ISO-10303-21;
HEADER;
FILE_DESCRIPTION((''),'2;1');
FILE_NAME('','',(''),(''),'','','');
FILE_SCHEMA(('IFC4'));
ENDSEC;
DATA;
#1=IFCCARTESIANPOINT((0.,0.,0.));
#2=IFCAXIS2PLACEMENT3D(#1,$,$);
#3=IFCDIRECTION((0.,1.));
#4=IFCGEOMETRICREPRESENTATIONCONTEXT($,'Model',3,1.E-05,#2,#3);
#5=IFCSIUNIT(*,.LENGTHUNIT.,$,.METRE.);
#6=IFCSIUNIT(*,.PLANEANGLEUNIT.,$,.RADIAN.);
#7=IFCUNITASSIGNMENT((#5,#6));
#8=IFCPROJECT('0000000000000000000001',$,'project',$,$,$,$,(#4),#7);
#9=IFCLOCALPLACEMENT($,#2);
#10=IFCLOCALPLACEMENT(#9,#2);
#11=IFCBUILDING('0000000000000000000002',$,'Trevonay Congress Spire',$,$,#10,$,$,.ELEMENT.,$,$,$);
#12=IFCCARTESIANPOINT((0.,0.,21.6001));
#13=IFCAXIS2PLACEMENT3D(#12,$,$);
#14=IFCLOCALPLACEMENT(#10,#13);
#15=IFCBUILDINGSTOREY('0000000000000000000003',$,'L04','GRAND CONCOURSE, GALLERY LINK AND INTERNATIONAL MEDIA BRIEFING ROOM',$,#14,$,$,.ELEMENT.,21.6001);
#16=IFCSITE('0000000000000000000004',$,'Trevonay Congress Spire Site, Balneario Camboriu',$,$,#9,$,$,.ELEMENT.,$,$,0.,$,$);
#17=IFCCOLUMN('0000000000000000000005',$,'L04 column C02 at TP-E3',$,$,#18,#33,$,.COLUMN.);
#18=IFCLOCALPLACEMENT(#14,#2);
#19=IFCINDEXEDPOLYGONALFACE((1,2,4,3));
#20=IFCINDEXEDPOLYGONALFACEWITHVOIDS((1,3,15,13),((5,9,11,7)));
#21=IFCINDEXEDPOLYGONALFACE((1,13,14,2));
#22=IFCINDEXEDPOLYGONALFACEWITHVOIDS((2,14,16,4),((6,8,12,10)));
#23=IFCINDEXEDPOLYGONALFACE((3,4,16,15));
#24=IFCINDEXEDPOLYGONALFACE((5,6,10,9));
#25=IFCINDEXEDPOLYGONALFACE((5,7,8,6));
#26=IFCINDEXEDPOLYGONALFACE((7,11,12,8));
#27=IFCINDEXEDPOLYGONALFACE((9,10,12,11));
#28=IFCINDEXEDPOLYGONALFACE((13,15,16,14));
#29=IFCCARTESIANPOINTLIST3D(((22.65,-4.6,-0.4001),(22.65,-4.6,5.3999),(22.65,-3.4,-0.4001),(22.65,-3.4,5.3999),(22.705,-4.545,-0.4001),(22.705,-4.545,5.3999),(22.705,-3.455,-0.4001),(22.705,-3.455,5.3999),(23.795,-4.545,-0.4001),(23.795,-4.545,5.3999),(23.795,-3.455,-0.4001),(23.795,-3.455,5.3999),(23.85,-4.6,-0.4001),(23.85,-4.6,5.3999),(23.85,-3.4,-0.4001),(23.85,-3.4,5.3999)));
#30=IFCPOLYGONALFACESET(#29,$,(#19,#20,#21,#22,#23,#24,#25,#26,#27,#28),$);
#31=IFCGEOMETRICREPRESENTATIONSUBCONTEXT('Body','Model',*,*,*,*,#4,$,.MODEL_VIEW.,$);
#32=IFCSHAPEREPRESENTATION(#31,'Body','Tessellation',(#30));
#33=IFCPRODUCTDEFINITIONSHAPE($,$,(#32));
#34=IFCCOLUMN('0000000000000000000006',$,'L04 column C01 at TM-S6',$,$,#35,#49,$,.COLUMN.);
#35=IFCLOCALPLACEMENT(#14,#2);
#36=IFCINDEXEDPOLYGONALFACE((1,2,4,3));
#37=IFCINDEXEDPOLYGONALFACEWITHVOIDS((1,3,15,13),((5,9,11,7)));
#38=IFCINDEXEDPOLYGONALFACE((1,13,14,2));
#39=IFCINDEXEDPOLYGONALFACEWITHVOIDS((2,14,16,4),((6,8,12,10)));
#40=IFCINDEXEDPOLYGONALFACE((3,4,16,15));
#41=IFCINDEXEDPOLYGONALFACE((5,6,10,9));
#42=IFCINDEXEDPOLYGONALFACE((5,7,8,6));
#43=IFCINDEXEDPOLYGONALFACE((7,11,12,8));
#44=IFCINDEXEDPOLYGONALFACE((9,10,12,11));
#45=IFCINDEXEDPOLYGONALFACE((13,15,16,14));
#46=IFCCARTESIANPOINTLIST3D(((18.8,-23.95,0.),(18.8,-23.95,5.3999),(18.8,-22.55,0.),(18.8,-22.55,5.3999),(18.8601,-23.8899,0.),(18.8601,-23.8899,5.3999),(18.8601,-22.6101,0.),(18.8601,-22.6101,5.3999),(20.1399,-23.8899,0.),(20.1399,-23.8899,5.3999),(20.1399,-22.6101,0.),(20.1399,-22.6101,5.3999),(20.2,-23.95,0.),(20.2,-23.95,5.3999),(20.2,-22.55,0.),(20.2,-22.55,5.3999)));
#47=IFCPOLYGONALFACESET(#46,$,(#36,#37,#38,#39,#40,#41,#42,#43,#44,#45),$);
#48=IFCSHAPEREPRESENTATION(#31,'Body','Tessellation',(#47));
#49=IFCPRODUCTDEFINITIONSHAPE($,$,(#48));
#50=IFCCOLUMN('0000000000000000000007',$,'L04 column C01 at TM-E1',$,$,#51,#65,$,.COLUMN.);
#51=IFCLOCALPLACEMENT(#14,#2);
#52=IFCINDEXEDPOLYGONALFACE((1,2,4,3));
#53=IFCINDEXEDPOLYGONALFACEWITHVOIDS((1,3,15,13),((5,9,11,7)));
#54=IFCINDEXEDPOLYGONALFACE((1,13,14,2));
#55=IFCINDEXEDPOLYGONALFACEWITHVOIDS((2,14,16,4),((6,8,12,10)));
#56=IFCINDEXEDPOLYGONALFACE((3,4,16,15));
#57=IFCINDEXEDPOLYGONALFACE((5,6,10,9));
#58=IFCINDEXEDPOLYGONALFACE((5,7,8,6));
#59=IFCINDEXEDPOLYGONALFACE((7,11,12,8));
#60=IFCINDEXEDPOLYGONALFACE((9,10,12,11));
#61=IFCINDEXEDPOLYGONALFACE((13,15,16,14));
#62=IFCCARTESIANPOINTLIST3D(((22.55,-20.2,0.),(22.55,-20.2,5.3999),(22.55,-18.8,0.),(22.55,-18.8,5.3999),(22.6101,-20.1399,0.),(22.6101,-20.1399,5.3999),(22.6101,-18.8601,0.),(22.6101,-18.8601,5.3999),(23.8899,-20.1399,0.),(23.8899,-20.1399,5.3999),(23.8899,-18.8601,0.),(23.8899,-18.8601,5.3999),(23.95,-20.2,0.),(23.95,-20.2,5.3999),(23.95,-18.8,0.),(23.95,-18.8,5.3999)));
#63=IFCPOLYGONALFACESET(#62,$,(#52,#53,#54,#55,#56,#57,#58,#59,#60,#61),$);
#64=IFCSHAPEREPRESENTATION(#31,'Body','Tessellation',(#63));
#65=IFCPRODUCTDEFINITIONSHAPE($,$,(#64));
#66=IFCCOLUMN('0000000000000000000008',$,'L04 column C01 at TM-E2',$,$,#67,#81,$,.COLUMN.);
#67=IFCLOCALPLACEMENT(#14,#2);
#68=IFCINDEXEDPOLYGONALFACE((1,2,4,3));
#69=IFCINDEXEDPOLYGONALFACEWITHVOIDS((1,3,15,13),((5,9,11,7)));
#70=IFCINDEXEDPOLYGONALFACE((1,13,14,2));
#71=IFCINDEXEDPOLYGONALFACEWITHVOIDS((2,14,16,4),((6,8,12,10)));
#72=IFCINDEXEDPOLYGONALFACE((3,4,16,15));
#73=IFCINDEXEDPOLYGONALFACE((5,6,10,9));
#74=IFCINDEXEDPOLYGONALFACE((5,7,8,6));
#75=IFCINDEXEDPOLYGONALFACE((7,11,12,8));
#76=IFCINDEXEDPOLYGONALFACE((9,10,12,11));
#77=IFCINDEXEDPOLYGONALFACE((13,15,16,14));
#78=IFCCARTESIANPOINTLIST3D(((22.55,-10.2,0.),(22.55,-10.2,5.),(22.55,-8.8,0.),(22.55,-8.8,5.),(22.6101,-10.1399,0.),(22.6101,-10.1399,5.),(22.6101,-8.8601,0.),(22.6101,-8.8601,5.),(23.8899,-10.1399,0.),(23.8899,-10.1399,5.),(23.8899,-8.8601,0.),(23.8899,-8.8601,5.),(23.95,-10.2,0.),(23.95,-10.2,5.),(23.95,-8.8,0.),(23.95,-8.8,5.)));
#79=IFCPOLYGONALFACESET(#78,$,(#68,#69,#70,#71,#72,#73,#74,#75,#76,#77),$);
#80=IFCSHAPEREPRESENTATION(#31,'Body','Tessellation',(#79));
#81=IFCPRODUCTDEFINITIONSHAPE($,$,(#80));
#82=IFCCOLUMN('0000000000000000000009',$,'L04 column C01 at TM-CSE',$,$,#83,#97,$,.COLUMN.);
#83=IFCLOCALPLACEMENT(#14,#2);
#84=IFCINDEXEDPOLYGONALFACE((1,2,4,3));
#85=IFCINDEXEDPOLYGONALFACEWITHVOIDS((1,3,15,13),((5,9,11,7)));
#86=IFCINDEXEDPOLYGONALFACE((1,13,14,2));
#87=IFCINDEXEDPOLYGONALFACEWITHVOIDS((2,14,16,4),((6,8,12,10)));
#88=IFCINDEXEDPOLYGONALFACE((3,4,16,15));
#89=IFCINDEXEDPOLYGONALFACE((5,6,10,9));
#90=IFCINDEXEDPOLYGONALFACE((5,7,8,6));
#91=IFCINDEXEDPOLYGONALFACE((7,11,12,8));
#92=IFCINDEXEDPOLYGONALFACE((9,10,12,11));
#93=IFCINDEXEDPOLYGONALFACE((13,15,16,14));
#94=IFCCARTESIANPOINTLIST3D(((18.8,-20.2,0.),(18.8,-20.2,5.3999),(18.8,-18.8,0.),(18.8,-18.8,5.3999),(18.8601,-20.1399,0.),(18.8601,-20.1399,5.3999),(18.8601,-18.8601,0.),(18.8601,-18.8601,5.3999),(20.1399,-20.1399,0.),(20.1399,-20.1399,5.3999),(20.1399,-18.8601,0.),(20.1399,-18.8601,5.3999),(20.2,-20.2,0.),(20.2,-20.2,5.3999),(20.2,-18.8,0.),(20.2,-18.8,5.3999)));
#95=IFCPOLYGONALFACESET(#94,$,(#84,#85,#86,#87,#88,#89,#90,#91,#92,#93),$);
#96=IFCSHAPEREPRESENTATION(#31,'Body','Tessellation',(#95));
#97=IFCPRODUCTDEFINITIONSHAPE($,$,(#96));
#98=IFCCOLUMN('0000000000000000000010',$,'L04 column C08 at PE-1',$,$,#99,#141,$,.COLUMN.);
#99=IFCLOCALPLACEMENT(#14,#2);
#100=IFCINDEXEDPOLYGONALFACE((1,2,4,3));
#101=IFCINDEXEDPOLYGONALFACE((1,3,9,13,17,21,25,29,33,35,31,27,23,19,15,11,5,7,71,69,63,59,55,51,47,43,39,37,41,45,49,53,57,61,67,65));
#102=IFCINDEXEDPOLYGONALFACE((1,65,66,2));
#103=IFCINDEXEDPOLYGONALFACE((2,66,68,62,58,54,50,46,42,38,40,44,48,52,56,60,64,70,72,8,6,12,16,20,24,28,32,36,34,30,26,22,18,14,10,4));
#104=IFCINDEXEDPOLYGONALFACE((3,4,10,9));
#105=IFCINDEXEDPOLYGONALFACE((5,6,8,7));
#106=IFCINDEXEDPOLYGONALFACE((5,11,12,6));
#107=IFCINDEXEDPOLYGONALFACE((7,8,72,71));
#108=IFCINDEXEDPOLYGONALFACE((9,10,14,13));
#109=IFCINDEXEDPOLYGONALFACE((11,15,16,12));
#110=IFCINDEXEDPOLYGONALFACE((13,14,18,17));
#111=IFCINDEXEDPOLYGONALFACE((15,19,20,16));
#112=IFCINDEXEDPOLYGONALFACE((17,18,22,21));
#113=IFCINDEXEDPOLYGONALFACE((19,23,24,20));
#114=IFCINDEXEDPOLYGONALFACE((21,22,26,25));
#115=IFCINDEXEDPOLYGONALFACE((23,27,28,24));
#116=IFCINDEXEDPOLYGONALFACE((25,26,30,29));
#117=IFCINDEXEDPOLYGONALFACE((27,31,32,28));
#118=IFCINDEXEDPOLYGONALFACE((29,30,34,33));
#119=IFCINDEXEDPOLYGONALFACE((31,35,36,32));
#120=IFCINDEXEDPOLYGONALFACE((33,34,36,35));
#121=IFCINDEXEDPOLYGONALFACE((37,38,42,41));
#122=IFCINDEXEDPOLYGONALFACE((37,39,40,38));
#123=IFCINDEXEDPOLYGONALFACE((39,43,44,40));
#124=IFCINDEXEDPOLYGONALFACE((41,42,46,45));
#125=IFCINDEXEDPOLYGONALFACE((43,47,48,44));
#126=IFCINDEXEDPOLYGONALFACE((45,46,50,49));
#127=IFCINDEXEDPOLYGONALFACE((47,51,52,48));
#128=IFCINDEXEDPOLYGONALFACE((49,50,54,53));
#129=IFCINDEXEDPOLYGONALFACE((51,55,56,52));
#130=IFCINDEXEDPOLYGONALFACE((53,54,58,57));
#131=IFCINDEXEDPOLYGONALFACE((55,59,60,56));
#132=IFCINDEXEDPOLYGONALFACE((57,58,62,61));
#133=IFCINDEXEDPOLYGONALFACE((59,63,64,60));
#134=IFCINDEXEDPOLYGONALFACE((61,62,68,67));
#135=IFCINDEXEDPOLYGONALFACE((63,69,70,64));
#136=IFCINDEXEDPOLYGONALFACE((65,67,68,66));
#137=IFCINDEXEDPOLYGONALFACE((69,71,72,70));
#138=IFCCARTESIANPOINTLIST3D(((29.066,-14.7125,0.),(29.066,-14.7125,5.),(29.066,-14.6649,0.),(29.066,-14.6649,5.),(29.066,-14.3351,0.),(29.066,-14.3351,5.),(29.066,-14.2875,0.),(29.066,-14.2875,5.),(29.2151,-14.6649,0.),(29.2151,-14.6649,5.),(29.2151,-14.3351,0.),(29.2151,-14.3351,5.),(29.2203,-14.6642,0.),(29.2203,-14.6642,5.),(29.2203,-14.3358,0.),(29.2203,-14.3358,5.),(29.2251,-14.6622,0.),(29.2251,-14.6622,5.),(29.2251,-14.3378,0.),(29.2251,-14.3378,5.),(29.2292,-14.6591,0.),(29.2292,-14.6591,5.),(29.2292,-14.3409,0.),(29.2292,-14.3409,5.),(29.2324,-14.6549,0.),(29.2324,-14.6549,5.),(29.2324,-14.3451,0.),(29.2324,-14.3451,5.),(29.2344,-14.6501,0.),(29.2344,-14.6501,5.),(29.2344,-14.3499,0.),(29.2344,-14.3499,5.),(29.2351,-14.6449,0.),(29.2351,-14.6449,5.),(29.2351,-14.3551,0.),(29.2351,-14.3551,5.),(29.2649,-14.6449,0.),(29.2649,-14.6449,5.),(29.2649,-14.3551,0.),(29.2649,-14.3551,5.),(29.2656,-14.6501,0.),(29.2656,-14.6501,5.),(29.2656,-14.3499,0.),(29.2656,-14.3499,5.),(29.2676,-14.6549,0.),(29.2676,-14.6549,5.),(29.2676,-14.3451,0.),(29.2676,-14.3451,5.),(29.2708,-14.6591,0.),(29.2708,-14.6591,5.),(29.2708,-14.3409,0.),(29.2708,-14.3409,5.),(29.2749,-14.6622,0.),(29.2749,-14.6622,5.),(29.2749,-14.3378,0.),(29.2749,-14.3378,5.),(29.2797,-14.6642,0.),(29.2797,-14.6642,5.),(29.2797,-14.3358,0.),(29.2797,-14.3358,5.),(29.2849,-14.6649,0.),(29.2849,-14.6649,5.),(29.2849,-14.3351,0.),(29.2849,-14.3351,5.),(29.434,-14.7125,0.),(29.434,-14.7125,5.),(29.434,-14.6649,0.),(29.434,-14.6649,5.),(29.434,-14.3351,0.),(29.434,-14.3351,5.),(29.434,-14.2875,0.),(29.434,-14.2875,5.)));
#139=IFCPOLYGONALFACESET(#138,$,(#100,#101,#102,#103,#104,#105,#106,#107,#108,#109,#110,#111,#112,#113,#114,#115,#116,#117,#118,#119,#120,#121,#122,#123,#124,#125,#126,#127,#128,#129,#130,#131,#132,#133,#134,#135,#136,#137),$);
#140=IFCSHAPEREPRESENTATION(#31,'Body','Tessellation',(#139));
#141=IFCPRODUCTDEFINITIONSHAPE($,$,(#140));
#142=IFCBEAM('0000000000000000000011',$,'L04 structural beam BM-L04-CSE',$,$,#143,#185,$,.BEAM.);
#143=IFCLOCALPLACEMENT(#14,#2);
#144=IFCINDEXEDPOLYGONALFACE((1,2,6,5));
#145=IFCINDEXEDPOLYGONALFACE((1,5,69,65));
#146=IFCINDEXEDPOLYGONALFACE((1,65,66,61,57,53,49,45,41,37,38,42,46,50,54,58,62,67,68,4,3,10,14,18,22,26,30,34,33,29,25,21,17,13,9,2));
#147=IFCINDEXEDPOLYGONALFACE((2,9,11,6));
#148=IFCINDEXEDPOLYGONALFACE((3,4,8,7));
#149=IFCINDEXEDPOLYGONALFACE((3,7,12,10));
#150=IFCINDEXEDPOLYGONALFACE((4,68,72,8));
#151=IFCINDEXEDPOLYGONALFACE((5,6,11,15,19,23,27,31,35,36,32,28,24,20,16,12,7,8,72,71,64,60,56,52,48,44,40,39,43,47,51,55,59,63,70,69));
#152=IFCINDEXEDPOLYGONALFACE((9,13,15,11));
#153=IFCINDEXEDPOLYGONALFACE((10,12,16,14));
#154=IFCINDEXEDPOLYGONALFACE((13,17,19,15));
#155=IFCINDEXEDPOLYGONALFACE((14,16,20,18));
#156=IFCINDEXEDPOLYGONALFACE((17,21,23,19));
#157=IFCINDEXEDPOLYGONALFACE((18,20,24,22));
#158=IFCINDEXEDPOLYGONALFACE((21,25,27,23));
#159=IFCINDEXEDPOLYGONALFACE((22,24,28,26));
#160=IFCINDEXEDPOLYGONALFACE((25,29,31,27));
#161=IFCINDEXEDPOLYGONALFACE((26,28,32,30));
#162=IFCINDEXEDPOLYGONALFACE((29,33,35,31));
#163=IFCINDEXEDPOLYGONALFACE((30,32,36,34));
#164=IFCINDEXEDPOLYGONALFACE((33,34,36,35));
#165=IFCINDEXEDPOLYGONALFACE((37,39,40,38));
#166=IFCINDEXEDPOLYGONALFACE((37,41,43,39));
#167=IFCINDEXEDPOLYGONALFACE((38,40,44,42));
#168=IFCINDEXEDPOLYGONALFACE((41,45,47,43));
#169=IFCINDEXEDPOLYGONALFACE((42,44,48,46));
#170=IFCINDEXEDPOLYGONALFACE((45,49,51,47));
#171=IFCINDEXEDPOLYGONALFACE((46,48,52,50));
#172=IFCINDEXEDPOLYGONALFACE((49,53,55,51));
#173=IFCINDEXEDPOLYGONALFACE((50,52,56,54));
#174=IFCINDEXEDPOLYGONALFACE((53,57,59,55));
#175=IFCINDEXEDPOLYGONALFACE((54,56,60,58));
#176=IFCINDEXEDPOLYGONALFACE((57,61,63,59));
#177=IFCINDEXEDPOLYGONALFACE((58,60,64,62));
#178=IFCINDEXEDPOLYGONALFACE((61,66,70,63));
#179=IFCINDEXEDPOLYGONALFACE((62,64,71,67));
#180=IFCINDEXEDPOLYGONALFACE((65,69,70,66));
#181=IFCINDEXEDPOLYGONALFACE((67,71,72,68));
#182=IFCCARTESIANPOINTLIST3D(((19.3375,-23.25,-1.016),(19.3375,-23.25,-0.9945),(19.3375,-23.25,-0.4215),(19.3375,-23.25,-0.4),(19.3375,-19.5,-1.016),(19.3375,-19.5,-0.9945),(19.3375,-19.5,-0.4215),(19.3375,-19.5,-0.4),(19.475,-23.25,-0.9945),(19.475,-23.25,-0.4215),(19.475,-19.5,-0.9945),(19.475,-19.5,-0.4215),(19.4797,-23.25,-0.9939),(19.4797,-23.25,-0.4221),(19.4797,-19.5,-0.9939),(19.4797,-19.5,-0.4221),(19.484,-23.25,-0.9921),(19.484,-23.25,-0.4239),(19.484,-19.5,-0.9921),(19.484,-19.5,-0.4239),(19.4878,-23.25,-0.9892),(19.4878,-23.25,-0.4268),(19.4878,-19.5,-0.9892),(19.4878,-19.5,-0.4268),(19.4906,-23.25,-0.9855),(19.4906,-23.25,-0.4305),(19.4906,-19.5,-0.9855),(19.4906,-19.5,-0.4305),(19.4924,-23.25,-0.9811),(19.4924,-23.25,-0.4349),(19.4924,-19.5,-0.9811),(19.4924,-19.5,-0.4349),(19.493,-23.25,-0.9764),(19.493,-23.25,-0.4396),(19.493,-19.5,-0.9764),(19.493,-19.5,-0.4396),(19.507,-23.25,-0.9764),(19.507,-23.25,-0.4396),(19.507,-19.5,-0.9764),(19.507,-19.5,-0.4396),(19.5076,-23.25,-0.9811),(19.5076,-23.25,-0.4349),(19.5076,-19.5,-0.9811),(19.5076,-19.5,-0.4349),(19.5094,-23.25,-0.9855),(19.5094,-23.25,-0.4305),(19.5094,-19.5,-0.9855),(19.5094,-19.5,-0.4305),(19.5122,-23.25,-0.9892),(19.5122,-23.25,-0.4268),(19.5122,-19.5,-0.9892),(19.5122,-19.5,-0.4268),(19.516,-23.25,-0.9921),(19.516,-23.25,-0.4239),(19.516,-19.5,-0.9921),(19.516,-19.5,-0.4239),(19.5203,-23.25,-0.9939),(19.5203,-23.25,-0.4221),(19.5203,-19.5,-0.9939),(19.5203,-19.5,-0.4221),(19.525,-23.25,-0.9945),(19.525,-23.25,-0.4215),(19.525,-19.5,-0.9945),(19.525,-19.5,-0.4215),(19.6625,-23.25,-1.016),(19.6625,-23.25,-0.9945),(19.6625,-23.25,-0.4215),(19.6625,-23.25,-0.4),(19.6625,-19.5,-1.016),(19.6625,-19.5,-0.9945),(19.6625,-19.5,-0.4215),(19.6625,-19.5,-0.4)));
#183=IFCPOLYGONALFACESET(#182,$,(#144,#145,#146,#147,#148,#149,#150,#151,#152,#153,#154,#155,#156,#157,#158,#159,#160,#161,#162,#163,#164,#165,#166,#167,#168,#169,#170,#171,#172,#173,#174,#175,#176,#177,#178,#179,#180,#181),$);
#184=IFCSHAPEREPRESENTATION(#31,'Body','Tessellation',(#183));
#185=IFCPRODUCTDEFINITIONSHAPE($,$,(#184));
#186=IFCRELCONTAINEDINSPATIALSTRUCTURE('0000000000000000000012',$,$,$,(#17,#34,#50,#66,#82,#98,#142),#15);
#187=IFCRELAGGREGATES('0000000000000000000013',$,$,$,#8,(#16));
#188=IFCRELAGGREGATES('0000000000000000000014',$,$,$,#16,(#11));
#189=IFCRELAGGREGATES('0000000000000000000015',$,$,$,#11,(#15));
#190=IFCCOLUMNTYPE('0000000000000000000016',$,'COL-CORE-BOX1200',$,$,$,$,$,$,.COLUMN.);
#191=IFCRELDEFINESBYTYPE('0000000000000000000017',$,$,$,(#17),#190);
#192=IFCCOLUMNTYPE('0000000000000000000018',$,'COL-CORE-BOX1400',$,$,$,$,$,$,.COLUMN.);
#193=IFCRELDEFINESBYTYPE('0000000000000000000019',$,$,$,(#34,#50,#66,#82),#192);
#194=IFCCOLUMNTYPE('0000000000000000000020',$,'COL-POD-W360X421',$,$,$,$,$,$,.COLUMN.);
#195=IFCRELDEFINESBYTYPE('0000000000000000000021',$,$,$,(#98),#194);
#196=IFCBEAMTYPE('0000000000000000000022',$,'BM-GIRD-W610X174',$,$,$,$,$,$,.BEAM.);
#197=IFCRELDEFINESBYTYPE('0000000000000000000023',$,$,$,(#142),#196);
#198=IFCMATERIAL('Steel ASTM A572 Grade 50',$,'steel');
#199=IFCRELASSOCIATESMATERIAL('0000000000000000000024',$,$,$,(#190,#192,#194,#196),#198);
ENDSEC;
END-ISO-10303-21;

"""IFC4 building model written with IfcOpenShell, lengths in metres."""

from ifc_helpers import new_model, si_unit, direction, frame, origin, origin_2d, place, context, subcontext, project, spatial, hollow_rectangle, i_section, extrude, material, material_profile, profile_set, type_object, element, save


model = new_model("IFC4")

# Units and contexts
model_context = context("Model", 3, precision=1e-05, world=origin(), true_north=direction((0.0, 1.0)))
body_context = subcontext(model_context, "Body", "Model", "MODEL_VIEW")
ifc_project = project(units=[si_unit("LENGTHUNIT", "METRE"), si_unit("PLANEANGLEUNIT", "RADIAN")], contexts=[model_context])

# Site, building, storey
site_placement = place(None, origin())
site = spatial("IfcSite", under=ifc_project, at=site_placement, Name="Trevonay Congress Spire Site, Balneario Camboriu", CompositionType="ELEMENT", RefElevation=0.0)
building_placement = place(site_placement, origin())
building = spatial("IfcBuilding", under=site, at=building_placement, Name="Trevonay Congress Spire", CompositionType="ELEMENT")
storey_placement = place(building_placement, frame((0.0, 0.0, 21.6001)))
storey = spatial("IfcBuildingStorey", under=building, at=storey_placement, Name="L04", Description="GRAND CONCOURSE, GALLERY LINK AND INTERNATIONAL MEDIA BRIEFING ROOM", CompositionType="ELEMENT", Elevation=21.6001)

# Columns
ifc_material_1 = material(Name="Steel ASTM A572 Grade 50", Category="steel")
ifc_material_profile_1 = material_profile(ifc_material_1, hollow_rectangle(XDim=1.2, YDim=1.2, WallThickness=0.0549, at=origin_2d()), Name="BOX 1200x1200x55")
ifc_profile_set_1 = profile_set([ifc_material_profile_1], Name="Steel ASTM A572 Grade 50")
column_type_1 = type_object("IfcColumnType", Name="COL-CORE-BOX1200", PredefinedType="COLUMN", material=ifc_profile_set_1)
column_1_placement = place(storey_placement, frame((23.25, -4.0, -0.4001), z_axis=(0.0, 0.0, 1.0), x_axis=(1.0, 0.0, 0.0)))
element("IfcColumn", 1, at=column_1_placement, inside=storey, type_object=column_type_1, Name="L04 column C02 at TP-E3", PredefinedType="COLUMN", context=body_context, shape_type="SweptSolid", body=[
    extrude(hollow_rectangle(XDim=1.2, YDim=1.2, WallThickness=0.0549, at=origin_2d()), origin(), (0.0, 0.0, 1.0), 5.8),
])
ifc_material_profile_2 = material_profile(ifc_material_1, hollow_rectangle(XDim=1.3999, YDim=1.3999, WallThickness=0.0601, at=origin_2d()), Name="BOX 1400x1400x60")
ifc_profile_set_2 = profile_set([ifc_material_profile_2], Name="Steel ASTM A572 Grade 50")
column_type_2 = type_object("IfcColumnType", Name="COL-CORE-BOX1400", PredefinedType="COLUMN", material=ifc_profile_set_2)
for number, where, z_axis, x_axis, name in (
    (2, (19.5, -23.25, 0.0), (0.0, 0.0, 1.0), (1.0, 0.0, 0.0), "L04 column C01 at TM-S6"),
    (3, (23.25, -19.5, 0.0), (0.0, 0.0, 1.0), (1.0, 0.0, 0.0), "L04 column C01 at TM-E1"),
):
    element("IfcColumn", number, at=place(storey_placement, frame(where, z_axis=z_axis, x_axis=x_axis)), inside=storey, type_object=column_type_2, Name=name, PredefinedType="COLUMN", context=body_context, shape_type="SweptSolid", body=[
        extrude(hollow_rectangle(XDim=1.3999, YDim=1.3999, WallThickness=0.0601, at=origin_2d()), origin(), (0.0, 0.0, 1.0), 5.3999),
    ])
column_2_placement = place(storey_placement, frame((23.25, -9.5, 0.0), z_axis=(0.0, 0.0, 1.0), x_axis=(1.0, 0.0, 0.0)))
element("IfcColumn", 4, at=column_2_placement, inside=storey, type_object=column_type_2, Name="L04 column C01 at TM-E2", PredefinedType="COLUMN", context=body_context, shape_type="SweptSolid", body=[
    extrude(hollow_rectangle(XDim=1.3999, YDim=1.3999, WallThickness=0.0601, at=origin_2d()), origin(), (0.0, 0.0, 1.0), 5.0),
])
column_3_placement = place(storey_placement, frame((19.5, -19.5, 0.0), z_axis=(0.0, 0.0, 1.0), x_axis=(1.0, 0.0, 0.0)))
element("IfcColumn", 5, at=column_3_placement, inside=storey, type_object=column_type_2, Name="L04 column C01 at TM-CSE", PredefinedType="COLUMN", context=body_context, shape_type="SweptSolid", body=[
    extrude(hollow_rectangle(XDim=1.3999, YDim=1.3999, WallThickness=0.0601, at=origin_2d()), origin(), (0.0, 0.0, 1.0), 5.3999),
])
ifc_material_profile_3 = material_profile(ifc_material_1, i_section(OverallWidth=0.3679, OverallDepth=0.425, WebThickness=0.0298, FlangeThickness=0.0476, FilletRadius=0.02, at=origin_2d()), Name="W360x421")
ifc_profile_set_3 = profile_set([ifc_material_profile_3], Name="Steel ASTM A572 Grade 50")
column_type_3 = type_object("IfcColumnType", Name="COL-POD-W360X421", PredefinedType="COLUMN", material=ifc_profile_set_3)
column_4_placement = place(storey_placement, frame((29.25, -14.5, 0.0), z_axis=(0.0, 0.0, 1.0), x_axis=(1.0, 0.0, 0.0)))
element("IfcColumn", 6, at=column_4_placement, inside=storey, type_object=column_type_3, Name="L04 column C08 at PE-1", PredefinedType="COLUMN", context=body_context, shape_type="SweptSolid", body=[
    extrude(i_section(OverallWidth=0.3679, OverallDepth=0.425, WebThickness=0.0298, FlangeThickness=0.0476, FilletRadius=0.02, at=origin_2d()), origin(), (0.0, 0.0, 1.0), 5.0),
])

# Beam
ifc_material_profile_4 = material_profile(ifc_material_1, i_section(OverallWidth=0.325, OverallDepth=0.616, WebThickness=0.0139, FlangeThickness=0.0215, FilletRadius=0.0181, at=origin_2d()), Name="W610x174")
ifc_profile_set_4 = profile_set([ifc_material_profile_4], Name="Steel ASTM A572 Grade 50")
beam_type_1 = type_object("IfcBeamType", Name="BM-GIRD-W610X174", PredefinedType="BEAM", material=ifc_profile_set_4)
beam_1_placement = place(storey_placement, frame((19.5, -23.25, -0.708), z_axis=(0.0, 1.0, 0.0), x_axis=(-1.0, 0.0, 0.0)))
element("IfcBeam", 7, at=beam_1_placement, inside=storey, type_object=beam_type_1, Name="L04 structural beam BM-L04-CSE", PredefinedType="BEAM", context=body_context, shape_type="SweptSolid", body=[
    extrude(i_section(OverallWidth=0.325, OverallDepth=0.616, WebThickness=0.0139, FlangeThickness=0.0215, FilletRadius=0.0181, at=origin_2d()), origin(), (0.0, 0.0, 1.0), 3.75),
])

save(model, "model.ifc")
